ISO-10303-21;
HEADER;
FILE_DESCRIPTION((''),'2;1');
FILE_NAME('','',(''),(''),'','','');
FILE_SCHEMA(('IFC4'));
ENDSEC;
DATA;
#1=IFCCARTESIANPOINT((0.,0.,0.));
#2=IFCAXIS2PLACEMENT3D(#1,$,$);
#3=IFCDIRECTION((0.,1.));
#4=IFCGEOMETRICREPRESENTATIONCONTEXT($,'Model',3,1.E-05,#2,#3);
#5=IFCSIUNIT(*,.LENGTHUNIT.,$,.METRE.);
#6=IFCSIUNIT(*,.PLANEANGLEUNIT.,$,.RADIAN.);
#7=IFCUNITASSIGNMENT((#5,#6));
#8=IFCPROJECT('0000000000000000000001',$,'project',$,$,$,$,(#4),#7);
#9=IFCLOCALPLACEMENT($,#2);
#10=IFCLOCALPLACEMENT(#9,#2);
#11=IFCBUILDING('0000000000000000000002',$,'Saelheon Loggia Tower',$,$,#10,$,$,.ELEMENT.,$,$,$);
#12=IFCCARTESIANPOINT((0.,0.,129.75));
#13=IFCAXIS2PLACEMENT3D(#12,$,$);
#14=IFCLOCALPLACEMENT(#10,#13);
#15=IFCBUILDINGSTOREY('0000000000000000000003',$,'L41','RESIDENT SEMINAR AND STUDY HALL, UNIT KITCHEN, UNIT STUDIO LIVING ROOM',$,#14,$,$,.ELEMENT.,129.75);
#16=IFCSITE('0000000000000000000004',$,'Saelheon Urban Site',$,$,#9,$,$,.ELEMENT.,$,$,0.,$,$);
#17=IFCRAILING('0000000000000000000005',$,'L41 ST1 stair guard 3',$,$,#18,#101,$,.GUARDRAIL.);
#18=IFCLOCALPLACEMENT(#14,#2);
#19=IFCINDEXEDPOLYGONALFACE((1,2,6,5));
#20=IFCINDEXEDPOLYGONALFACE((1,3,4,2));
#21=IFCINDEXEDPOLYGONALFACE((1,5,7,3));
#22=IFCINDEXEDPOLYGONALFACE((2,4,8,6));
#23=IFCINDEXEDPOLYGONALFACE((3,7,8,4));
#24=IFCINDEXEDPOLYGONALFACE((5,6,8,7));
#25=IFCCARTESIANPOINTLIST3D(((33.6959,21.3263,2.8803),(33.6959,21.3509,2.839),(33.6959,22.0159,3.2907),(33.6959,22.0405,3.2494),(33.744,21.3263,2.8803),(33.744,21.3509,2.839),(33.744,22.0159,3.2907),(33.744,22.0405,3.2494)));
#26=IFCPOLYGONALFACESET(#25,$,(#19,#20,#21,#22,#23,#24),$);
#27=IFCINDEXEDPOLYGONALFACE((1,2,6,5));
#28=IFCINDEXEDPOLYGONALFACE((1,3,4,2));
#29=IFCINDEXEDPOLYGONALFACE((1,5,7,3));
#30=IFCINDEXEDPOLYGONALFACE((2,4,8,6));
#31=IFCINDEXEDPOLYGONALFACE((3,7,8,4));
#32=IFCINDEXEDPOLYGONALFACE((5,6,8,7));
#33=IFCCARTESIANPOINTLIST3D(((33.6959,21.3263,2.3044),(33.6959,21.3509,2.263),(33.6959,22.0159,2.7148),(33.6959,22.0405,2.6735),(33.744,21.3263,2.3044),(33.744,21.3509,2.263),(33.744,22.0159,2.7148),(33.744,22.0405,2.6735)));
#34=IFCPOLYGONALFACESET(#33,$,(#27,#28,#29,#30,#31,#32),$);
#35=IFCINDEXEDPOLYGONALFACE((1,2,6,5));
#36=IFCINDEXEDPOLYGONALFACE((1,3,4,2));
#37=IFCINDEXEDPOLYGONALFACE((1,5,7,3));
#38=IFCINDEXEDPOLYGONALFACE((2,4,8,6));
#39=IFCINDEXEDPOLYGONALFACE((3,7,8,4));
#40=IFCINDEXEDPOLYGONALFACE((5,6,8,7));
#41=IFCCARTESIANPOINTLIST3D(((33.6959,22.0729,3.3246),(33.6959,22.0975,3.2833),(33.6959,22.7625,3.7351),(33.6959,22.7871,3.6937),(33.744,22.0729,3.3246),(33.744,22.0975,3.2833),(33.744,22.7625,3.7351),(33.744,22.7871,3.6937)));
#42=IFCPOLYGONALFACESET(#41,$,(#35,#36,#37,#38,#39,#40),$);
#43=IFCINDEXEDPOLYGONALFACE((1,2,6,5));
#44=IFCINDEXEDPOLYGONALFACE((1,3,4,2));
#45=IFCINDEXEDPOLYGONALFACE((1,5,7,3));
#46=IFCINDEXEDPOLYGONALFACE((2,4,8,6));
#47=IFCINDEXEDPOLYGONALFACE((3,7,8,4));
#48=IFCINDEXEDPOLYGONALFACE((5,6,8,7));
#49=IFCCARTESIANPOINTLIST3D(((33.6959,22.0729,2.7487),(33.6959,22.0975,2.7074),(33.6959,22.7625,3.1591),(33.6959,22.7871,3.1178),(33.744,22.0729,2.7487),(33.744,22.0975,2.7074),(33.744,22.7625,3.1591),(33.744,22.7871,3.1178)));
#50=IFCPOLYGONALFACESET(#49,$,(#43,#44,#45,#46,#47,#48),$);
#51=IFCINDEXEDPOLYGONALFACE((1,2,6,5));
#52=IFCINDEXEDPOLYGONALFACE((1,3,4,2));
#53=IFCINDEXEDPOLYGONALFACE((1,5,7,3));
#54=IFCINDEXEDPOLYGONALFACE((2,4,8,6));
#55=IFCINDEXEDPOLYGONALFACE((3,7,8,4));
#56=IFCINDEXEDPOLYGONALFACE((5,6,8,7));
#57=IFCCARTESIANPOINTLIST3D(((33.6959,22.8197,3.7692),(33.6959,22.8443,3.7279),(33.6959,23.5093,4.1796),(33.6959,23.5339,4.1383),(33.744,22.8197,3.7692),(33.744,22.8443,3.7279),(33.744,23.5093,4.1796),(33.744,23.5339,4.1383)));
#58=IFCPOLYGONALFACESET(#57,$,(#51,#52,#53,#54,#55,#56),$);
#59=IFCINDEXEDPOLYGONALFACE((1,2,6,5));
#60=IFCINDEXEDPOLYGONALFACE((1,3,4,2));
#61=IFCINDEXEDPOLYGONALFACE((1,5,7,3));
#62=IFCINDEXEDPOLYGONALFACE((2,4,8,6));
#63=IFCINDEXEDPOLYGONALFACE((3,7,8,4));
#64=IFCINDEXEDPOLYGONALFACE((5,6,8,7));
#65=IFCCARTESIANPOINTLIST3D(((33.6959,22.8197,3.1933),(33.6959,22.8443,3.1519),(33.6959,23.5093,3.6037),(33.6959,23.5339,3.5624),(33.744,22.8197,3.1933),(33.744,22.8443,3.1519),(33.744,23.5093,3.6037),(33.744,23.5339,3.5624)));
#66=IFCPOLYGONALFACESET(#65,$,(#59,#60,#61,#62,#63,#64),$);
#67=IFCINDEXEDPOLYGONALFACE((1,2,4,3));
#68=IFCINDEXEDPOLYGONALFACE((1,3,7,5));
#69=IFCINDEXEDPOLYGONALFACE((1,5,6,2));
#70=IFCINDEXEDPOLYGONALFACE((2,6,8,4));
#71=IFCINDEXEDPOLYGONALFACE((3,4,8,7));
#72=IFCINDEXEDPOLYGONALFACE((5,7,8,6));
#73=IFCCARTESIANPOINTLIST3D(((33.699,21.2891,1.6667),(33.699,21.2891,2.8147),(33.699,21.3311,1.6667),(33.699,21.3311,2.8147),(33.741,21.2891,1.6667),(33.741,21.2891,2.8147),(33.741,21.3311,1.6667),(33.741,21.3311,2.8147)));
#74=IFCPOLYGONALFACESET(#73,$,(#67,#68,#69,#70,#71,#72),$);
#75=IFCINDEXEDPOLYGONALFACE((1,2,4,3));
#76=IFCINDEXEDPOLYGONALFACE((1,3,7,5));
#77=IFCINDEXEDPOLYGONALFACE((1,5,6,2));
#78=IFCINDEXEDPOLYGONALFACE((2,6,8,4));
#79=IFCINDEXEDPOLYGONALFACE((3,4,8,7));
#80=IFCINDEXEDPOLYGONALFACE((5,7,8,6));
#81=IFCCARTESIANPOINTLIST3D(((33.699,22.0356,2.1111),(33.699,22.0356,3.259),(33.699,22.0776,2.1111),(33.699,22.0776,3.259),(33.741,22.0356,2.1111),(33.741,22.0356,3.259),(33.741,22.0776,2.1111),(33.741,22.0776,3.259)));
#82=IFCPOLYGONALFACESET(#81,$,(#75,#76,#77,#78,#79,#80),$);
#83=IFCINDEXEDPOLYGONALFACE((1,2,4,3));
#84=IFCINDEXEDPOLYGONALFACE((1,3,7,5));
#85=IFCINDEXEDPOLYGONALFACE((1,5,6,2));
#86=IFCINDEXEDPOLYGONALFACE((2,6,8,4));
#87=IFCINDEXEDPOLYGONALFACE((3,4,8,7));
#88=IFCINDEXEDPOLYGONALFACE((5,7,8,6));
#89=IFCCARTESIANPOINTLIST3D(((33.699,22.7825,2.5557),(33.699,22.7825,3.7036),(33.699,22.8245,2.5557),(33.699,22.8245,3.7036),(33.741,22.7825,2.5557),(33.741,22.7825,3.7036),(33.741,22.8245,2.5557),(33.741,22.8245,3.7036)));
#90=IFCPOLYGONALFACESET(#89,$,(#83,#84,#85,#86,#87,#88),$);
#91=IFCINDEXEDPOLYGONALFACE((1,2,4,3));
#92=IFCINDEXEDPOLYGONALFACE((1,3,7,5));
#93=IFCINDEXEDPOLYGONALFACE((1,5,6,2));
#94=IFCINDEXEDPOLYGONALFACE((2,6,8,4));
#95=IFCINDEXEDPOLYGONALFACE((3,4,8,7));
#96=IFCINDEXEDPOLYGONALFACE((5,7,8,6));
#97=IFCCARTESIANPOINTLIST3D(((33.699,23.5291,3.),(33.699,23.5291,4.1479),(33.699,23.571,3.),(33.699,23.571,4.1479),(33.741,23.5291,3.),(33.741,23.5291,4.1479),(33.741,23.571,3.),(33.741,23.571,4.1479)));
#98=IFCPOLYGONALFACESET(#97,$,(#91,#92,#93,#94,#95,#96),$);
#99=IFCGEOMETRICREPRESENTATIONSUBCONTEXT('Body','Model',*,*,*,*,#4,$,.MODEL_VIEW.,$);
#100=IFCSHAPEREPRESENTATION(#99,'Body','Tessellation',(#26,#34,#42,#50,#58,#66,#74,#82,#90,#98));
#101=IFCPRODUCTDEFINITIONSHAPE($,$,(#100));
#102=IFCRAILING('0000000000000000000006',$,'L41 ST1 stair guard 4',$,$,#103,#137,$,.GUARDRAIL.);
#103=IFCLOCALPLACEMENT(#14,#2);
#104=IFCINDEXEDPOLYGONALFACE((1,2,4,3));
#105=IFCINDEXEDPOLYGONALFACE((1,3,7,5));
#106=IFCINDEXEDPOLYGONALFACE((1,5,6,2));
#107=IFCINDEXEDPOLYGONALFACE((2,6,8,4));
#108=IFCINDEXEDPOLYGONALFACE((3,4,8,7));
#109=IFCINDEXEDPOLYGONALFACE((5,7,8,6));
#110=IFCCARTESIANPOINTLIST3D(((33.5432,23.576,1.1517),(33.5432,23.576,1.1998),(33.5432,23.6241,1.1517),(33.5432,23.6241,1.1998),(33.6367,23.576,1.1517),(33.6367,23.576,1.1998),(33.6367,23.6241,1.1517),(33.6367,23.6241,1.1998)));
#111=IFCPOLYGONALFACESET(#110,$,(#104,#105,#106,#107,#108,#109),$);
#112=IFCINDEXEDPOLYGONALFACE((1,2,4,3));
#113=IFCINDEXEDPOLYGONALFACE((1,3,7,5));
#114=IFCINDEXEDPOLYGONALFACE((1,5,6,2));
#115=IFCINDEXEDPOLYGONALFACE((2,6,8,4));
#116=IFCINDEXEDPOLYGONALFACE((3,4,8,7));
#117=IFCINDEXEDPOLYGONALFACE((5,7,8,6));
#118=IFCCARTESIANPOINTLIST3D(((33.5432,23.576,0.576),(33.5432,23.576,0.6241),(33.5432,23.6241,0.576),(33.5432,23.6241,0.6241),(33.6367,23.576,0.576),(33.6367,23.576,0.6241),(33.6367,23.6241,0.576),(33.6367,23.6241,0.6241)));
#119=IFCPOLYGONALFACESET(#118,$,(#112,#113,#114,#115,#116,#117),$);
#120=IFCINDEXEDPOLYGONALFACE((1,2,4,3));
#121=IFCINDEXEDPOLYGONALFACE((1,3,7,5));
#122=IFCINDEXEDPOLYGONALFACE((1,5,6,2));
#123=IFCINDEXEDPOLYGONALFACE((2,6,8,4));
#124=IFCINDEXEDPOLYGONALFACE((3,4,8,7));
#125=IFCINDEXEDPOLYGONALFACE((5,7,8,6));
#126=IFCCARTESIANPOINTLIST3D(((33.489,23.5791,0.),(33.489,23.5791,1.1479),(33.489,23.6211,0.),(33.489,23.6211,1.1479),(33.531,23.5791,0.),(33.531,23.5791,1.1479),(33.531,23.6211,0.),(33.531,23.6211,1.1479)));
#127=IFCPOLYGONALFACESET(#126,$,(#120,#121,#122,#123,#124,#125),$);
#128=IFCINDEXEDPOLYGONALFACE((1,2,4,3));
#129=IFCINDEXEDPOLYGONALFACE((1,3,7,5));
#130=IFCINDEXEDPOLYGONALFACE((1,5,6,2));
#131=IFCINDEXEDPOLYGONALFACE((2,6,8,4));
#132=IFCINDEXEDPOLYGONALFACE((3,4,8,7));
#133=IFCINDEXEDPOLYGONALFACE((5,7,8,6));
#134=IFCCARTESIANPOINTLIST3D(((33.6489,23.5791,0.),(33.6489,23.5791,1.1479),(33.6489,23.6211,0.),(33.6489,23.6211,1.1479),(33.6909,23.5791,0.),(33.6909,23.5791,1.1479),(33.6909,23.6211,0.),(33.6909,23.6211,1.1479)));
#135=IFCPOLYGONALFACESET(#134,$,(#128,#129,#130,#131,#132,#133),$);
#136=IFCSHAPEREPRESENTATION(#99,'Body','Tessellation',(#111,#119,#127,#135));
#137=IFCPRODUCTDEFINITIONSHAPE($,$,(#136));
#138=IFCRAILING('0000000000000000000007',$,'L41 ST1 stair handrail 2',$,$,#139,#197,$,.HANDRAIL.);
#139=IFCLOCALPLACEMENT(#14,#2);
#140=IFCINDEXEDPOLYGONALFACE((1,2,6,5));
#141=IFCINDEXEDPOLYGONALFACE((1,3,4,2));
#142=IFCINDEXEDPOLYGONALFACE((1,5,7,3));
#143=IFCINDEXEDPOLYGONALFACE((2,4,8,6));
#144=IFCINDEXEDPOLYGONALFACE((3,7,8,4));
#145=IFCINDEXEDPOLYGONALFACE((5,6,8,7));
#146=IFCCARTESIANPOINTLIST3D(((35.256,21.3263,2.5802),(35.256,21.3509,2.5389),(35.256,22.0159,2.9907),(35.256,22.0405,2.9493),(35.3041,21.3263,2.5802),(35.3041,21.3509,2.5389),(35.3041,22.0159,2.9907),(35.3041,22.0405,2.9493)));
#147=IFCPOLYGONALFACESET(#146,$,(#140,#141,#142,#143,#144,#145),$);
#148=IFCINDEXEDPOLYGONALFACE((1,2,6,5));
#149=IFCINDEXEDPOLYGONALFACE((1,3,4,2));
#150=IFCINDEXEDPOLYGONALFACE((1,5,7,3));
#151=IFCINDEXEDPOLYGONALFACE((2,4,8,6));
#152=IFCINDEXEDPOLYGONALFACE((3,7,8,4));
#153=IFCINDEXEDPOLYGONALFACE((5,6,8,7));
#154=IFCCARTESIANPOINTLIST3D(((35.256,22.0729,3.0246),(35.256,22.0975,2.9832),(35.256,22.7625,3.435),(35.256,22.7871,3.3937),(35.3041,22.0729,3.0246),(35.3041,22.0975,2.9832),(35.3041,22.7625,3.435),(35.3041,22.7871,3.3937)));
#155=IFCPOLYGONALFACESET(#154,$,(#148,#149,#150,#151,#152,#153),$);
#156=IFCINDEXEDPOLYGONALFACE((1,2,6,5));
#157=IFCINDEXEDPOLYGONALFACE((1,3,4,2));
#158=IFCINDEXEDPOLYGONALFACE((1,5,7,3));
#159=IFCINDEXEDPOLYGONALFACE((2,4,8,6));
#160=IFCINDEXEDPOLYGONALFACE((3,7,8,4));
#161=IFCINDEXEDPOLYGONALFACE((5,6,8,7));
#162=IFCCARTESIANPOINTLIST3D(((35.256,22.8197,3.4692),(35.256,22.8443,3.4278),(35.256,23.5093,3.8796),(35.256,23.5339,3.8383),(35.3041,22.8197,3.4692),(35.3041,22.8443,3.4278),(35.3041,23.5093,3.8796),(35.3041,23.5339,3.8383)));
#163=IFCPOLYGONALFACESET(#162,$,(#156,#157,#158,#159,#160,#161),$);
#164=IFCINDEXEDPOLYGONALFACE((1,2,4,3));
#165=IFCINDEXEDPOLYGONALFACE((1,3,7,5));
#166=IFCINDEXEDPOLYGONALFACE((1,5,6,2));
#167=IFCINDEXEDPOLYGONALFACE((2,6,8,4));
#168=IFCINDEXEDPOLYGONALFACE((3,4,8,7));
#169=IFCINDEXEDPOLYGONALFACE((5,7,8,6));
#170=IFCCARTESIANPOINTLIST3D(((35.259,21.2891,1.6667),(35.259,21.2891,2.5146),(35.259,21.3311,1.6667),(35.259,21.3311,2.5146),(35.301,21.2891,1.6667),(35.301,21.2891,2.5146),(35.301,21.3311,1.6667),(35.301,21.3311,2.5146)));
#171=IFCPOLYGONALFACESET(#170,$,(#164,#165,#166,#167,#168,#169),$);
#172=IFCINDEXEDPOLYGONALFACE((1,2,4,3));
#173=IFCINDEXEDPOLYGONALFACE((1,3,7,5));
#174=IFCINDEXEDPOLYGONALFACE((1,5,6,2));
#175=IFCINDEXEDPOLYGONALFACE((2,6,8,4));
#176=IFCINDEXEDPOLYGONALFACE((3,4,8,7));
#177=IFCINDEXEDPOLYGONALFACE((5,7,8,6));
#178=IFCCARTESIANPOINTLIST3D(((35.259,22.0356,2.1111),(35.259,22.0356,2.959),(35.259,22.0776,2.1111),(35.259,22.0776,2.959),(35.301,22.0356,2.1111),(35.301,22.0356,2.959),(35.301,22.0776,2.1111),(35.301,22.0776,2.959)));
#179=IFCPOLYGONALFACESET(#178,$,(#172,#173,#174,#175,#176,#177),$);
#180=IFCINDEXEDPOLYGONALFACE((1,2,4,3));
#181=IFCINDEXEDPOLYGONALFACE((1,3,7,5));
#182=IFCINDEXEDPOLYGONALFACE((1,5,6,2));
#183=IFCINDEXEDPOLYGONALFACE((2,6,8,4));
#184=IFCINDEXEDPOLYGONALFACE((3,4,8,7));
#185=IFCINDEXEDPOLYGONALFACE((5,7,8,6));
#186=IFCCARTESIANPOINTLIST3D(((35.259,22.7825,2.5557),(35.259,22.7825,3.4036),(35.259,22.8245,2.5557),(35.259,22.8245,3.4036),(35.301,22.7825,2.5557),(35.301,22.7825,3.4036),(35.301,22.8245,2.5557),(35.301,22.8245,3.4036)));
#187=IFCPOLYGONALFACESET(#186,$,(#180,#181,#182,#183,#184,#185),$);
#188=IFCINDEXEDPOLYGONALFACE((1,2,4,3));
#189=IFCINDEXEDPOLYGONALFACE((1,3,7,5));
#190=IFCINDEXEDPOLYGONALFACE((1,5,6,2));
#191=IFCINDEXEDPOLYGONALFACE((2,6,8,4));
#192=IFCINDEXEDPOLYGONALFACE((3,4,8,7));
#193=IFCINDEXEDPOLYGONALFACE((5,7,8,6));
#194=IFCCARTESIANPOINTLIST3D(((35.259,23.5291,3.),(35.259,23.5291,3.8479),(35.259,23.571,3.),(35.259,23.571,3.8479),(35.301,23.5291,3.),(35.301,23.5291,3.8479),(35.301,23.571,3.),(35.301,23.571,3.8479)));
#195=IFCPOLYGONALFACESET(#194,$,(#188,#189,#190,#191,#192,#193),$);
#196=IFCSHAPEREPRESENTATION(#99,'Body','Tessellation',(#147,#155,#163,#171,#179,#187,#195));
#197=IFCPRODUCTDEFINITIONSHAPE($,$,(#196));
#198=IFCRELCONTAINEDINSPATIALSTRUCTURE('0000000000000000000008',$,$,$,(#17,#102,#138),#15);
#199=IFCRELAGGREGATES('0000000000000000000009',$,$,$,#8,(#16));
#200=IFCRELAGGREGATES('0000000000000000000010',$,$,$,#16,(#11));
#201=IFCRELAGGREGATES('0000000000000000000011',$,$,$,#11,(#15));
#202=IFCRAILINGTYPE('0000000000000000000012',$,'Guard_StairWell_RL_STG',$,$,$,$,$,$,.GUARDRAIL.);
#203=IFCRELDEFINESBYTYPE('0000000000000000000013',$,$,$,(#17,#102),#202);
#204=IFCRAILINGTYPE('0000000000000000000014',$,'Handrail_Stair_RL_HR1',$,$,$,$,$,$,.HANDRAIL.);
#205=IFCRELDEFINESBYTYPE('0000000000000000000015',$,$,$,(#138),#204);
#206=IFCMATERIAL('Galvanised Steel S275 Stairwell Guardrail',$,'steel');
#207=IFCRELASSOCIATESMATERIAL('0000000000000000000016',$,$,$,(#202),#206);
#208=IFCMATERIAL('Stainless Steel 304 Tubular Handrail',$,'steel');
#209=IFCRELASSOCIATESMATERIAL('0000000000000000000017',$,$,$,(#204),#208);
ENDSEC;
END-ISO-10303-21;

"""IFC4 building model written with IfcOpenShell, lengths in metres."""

from ifc_helpers import new_model, si_unit, direction, frame, origin, origin_2d, place, context, subcontext, project, spatial, rectangle, extrude, material, type_object, element, save


model = new_model("IFC4")

# Units and contexts
model_context = context("Model", 3, precision=1e-05, world=origin(), true_north=direction((0.0, 1.0)))
body_context = subcontext(model_context, "Body", "Model", "MODEL_VIEW")
ifc_project = project(units=[si_unit("LENGTHUNIT", "METRE"), si_unit("PLANEANGLEUNIT", "RADIAN")], contexts=[model_context])

# Site, building, storey
site_placement = place(None, origin())
site = spatial("IfcSite", under=ifc_project, at=site_placement, Name="Saelheon Urban Site", CompositionType="ELEMENT", RefElevation=0.0)
building_placement = place(site_placement, origin())
building = spatial("IfcBuilding", under=site, at=building_placement, Name="Saelheon Loggia Tower", CompositionType="ELEMENT")
storey_placement = place(building_placement, frame((0.0, 0.0, 129.75)))
storey = spatial("IfcBuildingStorey", under=building, at=storey_placement, Name="L41", Description="RESIDENT SEMINAR AND STUDY HALL, UNIT KITCHEN, UNIT STUDIO LIVING ROOM", CompositionType="ELEMENT", Elevation=129.75)

# Railings
ifc_material_1 = material(Name="Galvanised Steel S275 Stairwell Guardrail", Category="steel")
railing_type_1 = type_object("IfcRailingType", Name="Guard_StairWell_RL_STG", PredefinedType="GUARDRAIL", material=ifc_material_1)
railing_1_placement = place(storey_placement, frame((33.72, 21.3101, 1.6667)))
element("IfcRailing", 1, at=railing_1_placement, inside=storey, type_object=railing_type_1, Name="L41 ST1 stair guard 3", PredefinedType="GUARDRAIL", context=body_context, shape_type="SweptSolid", body=[
    extrude(rectangle(XDim=0.0481, YDim=0.0481, at=origin_2d()), frame((0.0, 0.0286, 1.1929), z_axis=(0.0, 0.859306, 0.511462), x_axis=(-1.0, 0.0, 0.0)), (0.0, 0.0, 1.0), 0.8025),
    extrude(rectangle(XDim=0.0481, YDim=0.0481, at=origin_2d()), frame((0.0, 0.0286, 0.6169), z_axis=(0.0, 0.859306, 0.511462), x_axis=(-1.0, 0.0, 0.0)), (0.0, 0.0, 1.0), 0.8025),
    extrude(rectangle(XDim=0.0481, YDim=0.0481, at=origin_2d()), frame((0.0, 0.7751, 1.6372), z_axis=(0.0, 0.859306, 0.511462), x_axis=(-1.0, 0.0, 0.0)), (0.0, 0.0, 1.0), 0.8025),
    extrude(rectangle(XDim=0.0481, YDim=0.0481, at=origin_2d()), frame((0.0, 0.7751, 1.0613), z_axis=(0.0, 0.859306, 0.511462), x_axis=(-1.0, 0.0, 0.0)), (0.0, 0.0, 1.0), 0.8025),
    extrude(rectangle(XDim=0.0481, YDim=0.0481, at=origin_2d()), frame((0.0, 1.522, 2.0818), z_axis=(0.0, 0.859306, 0.511462), x_axis=(-1.0, 0.0, 0.0)), (0.0, 0.0, 1.0), 0.8025),
    extrude(rectangle(XDim=0.0481, YDim=0.0481, at=origin_2d()), frame((0.0, 1.522, 1.5059), z_axis=(0.0, 0.859306, 0.511462), x_axis=(-1.0, 0.0, 0.0)), (0.0, 0.0, 1.0), 0.8025),
    extrude(rectangle(XDim=0.042, YDim=0.042, at=origin_2d()), origin(), (0.0, 0.0, 1.0), 1.1479),
    extrude(rectangle(XDim=0.042, YDim=0.042, at=origin_2d()), frame((0.0, 0.7466, 0.4443)), (0.0, 0.0, 1.0), 1.1479),
    extrude(rectangle(XDim=0.042, YDim=0.042, at=origin_2d()), frame((0.0, 1.4934, 0.8889)), (0.0, 0.0, 1.0), 1.1479),
    extrude(rectangle(XDim=0.042, YDim=0.042, at=origin_2d()), frame((0.0, 2.24, 1.3333)), (0.0, 0.0, 1.0), 1.1479),
])
railing_2_placement = place(storey_placement, frame((33.51, 23.6001, 0.0)))
element("IfcRailing", 2, at=railing_2_placement, inside=storey, type_object=railing_type_1, Name="L41 ST1 stair guard 4", PredefinedType="GUARDRAIL", context=body_context, shape_type="SweptSolid", body=[
    extrude(rectangle(XDim=0.0481, YDim=0.0481, at=origin_2d()), frame((0.0332, 0.0, 1.1758), z_axis=(1.0, 0.0, 0.0), x_axis=(0.0, 1.0, 0.0)), (0.0, 0.0, 1.0), 0.0935),
    extrude(rectangle(XDim=0.0481, YDim=0.0481, at=origin_2d()), frame((0.0332, 0.0, 0.6001), z_axis=(1.0, 0.0, 0.0), x_axis=(0.0, 1.0, 0.0)), (0.0, 0.0, 1.0), 0.0935),
    extrude(rectangle(XDim=0.042, YDim=0.042, at=origin_2d()), origin(), (0.0, 0.0, 1.0), 1.1479),
    extrude(rectangle(XDim=0.042, YDim=0.042, at=origin_2d()), frame((0.1599, 0.0, 0.0)), (0.0, 0.0, 1.0), 1.1479),
])
ifc_material_2 = material(Name="Stainless Steel 304 Tubular Handrail", Category="steel")
railing_type_2 = type_object("IfcRailingType", Name="Handrail_Stair_RL_HR1", PredefinedType="HANDRAIL", material=ifc_material_2)
railing_3_placement = place(storey_placement, frame((35.28, 21.3101, 1.6667)))
element("IfcRailing", 3, at=railing_3_placement, inside=storey, type_object=railing_type_2, Name="L41 ST1 stair handrail 2", PredefinedType="HANDRAIL", context=body_context, shape_type="SweptSolid", body=[
    extrude(rectangle(XDim=0.0481, YDim=0.0481, at=origin_2d()), frame((0.0, 0.0286, 0.8928), z_axis=(0.0, 0.859306, 0.511462), x_axis=(-1.0, 0.0, 0.0)), (0.0, 0.0, 1.0), 0.8025),
    extrude(rectangle(XDim=0.0481, YDim=0.0481, at=origin_2d()), frame((0.0, 0.7751, 1.3372), z_axis=(0.0, 0.859306, 0.511462), x_axis=(-1.0, 0.0, 0.0)), (0.0, 0.0, 1.0), 0.8025),
    extrude(rectangle(XDim=0.0481, YDim=0.0481, at=origin_2d()), frame((0.0, 1.522, 1.7817), z_axis=(0.0, 0.859306, 0.511462), x_axis=(-1.0, 0.0, 0.0)), (0.0, 0.0, 1.0), 0.8025),
    extrude(rectangle(XDim=0.042, YDim=0.042, at=origin_2d()), origin(), (0.0, 0.0, 1.0), 0.8479),
    extrude(rectangle(XDim=0.042, YDim=0.042, at=origin_2d()), frame((0.0, 0.7466, 0.4443)), (0.0, 0.0, 1.0), 0.8479),
    extrude(rectangle(XDim=0.042, YDim=0.042, at=origin_2d()), frame((0.0, 1.4934, 0.8889)), (0.0, 0.0, 1.0), 0.8479),
    extrude(rectangle(XDim=0.042, YDim=0.042, at=origin_2d()), frame((0.0, 2.24, 1.3333)), (0.0, 0.0, 1.0), 0.8479),
])

save(model, "model.ifc")
